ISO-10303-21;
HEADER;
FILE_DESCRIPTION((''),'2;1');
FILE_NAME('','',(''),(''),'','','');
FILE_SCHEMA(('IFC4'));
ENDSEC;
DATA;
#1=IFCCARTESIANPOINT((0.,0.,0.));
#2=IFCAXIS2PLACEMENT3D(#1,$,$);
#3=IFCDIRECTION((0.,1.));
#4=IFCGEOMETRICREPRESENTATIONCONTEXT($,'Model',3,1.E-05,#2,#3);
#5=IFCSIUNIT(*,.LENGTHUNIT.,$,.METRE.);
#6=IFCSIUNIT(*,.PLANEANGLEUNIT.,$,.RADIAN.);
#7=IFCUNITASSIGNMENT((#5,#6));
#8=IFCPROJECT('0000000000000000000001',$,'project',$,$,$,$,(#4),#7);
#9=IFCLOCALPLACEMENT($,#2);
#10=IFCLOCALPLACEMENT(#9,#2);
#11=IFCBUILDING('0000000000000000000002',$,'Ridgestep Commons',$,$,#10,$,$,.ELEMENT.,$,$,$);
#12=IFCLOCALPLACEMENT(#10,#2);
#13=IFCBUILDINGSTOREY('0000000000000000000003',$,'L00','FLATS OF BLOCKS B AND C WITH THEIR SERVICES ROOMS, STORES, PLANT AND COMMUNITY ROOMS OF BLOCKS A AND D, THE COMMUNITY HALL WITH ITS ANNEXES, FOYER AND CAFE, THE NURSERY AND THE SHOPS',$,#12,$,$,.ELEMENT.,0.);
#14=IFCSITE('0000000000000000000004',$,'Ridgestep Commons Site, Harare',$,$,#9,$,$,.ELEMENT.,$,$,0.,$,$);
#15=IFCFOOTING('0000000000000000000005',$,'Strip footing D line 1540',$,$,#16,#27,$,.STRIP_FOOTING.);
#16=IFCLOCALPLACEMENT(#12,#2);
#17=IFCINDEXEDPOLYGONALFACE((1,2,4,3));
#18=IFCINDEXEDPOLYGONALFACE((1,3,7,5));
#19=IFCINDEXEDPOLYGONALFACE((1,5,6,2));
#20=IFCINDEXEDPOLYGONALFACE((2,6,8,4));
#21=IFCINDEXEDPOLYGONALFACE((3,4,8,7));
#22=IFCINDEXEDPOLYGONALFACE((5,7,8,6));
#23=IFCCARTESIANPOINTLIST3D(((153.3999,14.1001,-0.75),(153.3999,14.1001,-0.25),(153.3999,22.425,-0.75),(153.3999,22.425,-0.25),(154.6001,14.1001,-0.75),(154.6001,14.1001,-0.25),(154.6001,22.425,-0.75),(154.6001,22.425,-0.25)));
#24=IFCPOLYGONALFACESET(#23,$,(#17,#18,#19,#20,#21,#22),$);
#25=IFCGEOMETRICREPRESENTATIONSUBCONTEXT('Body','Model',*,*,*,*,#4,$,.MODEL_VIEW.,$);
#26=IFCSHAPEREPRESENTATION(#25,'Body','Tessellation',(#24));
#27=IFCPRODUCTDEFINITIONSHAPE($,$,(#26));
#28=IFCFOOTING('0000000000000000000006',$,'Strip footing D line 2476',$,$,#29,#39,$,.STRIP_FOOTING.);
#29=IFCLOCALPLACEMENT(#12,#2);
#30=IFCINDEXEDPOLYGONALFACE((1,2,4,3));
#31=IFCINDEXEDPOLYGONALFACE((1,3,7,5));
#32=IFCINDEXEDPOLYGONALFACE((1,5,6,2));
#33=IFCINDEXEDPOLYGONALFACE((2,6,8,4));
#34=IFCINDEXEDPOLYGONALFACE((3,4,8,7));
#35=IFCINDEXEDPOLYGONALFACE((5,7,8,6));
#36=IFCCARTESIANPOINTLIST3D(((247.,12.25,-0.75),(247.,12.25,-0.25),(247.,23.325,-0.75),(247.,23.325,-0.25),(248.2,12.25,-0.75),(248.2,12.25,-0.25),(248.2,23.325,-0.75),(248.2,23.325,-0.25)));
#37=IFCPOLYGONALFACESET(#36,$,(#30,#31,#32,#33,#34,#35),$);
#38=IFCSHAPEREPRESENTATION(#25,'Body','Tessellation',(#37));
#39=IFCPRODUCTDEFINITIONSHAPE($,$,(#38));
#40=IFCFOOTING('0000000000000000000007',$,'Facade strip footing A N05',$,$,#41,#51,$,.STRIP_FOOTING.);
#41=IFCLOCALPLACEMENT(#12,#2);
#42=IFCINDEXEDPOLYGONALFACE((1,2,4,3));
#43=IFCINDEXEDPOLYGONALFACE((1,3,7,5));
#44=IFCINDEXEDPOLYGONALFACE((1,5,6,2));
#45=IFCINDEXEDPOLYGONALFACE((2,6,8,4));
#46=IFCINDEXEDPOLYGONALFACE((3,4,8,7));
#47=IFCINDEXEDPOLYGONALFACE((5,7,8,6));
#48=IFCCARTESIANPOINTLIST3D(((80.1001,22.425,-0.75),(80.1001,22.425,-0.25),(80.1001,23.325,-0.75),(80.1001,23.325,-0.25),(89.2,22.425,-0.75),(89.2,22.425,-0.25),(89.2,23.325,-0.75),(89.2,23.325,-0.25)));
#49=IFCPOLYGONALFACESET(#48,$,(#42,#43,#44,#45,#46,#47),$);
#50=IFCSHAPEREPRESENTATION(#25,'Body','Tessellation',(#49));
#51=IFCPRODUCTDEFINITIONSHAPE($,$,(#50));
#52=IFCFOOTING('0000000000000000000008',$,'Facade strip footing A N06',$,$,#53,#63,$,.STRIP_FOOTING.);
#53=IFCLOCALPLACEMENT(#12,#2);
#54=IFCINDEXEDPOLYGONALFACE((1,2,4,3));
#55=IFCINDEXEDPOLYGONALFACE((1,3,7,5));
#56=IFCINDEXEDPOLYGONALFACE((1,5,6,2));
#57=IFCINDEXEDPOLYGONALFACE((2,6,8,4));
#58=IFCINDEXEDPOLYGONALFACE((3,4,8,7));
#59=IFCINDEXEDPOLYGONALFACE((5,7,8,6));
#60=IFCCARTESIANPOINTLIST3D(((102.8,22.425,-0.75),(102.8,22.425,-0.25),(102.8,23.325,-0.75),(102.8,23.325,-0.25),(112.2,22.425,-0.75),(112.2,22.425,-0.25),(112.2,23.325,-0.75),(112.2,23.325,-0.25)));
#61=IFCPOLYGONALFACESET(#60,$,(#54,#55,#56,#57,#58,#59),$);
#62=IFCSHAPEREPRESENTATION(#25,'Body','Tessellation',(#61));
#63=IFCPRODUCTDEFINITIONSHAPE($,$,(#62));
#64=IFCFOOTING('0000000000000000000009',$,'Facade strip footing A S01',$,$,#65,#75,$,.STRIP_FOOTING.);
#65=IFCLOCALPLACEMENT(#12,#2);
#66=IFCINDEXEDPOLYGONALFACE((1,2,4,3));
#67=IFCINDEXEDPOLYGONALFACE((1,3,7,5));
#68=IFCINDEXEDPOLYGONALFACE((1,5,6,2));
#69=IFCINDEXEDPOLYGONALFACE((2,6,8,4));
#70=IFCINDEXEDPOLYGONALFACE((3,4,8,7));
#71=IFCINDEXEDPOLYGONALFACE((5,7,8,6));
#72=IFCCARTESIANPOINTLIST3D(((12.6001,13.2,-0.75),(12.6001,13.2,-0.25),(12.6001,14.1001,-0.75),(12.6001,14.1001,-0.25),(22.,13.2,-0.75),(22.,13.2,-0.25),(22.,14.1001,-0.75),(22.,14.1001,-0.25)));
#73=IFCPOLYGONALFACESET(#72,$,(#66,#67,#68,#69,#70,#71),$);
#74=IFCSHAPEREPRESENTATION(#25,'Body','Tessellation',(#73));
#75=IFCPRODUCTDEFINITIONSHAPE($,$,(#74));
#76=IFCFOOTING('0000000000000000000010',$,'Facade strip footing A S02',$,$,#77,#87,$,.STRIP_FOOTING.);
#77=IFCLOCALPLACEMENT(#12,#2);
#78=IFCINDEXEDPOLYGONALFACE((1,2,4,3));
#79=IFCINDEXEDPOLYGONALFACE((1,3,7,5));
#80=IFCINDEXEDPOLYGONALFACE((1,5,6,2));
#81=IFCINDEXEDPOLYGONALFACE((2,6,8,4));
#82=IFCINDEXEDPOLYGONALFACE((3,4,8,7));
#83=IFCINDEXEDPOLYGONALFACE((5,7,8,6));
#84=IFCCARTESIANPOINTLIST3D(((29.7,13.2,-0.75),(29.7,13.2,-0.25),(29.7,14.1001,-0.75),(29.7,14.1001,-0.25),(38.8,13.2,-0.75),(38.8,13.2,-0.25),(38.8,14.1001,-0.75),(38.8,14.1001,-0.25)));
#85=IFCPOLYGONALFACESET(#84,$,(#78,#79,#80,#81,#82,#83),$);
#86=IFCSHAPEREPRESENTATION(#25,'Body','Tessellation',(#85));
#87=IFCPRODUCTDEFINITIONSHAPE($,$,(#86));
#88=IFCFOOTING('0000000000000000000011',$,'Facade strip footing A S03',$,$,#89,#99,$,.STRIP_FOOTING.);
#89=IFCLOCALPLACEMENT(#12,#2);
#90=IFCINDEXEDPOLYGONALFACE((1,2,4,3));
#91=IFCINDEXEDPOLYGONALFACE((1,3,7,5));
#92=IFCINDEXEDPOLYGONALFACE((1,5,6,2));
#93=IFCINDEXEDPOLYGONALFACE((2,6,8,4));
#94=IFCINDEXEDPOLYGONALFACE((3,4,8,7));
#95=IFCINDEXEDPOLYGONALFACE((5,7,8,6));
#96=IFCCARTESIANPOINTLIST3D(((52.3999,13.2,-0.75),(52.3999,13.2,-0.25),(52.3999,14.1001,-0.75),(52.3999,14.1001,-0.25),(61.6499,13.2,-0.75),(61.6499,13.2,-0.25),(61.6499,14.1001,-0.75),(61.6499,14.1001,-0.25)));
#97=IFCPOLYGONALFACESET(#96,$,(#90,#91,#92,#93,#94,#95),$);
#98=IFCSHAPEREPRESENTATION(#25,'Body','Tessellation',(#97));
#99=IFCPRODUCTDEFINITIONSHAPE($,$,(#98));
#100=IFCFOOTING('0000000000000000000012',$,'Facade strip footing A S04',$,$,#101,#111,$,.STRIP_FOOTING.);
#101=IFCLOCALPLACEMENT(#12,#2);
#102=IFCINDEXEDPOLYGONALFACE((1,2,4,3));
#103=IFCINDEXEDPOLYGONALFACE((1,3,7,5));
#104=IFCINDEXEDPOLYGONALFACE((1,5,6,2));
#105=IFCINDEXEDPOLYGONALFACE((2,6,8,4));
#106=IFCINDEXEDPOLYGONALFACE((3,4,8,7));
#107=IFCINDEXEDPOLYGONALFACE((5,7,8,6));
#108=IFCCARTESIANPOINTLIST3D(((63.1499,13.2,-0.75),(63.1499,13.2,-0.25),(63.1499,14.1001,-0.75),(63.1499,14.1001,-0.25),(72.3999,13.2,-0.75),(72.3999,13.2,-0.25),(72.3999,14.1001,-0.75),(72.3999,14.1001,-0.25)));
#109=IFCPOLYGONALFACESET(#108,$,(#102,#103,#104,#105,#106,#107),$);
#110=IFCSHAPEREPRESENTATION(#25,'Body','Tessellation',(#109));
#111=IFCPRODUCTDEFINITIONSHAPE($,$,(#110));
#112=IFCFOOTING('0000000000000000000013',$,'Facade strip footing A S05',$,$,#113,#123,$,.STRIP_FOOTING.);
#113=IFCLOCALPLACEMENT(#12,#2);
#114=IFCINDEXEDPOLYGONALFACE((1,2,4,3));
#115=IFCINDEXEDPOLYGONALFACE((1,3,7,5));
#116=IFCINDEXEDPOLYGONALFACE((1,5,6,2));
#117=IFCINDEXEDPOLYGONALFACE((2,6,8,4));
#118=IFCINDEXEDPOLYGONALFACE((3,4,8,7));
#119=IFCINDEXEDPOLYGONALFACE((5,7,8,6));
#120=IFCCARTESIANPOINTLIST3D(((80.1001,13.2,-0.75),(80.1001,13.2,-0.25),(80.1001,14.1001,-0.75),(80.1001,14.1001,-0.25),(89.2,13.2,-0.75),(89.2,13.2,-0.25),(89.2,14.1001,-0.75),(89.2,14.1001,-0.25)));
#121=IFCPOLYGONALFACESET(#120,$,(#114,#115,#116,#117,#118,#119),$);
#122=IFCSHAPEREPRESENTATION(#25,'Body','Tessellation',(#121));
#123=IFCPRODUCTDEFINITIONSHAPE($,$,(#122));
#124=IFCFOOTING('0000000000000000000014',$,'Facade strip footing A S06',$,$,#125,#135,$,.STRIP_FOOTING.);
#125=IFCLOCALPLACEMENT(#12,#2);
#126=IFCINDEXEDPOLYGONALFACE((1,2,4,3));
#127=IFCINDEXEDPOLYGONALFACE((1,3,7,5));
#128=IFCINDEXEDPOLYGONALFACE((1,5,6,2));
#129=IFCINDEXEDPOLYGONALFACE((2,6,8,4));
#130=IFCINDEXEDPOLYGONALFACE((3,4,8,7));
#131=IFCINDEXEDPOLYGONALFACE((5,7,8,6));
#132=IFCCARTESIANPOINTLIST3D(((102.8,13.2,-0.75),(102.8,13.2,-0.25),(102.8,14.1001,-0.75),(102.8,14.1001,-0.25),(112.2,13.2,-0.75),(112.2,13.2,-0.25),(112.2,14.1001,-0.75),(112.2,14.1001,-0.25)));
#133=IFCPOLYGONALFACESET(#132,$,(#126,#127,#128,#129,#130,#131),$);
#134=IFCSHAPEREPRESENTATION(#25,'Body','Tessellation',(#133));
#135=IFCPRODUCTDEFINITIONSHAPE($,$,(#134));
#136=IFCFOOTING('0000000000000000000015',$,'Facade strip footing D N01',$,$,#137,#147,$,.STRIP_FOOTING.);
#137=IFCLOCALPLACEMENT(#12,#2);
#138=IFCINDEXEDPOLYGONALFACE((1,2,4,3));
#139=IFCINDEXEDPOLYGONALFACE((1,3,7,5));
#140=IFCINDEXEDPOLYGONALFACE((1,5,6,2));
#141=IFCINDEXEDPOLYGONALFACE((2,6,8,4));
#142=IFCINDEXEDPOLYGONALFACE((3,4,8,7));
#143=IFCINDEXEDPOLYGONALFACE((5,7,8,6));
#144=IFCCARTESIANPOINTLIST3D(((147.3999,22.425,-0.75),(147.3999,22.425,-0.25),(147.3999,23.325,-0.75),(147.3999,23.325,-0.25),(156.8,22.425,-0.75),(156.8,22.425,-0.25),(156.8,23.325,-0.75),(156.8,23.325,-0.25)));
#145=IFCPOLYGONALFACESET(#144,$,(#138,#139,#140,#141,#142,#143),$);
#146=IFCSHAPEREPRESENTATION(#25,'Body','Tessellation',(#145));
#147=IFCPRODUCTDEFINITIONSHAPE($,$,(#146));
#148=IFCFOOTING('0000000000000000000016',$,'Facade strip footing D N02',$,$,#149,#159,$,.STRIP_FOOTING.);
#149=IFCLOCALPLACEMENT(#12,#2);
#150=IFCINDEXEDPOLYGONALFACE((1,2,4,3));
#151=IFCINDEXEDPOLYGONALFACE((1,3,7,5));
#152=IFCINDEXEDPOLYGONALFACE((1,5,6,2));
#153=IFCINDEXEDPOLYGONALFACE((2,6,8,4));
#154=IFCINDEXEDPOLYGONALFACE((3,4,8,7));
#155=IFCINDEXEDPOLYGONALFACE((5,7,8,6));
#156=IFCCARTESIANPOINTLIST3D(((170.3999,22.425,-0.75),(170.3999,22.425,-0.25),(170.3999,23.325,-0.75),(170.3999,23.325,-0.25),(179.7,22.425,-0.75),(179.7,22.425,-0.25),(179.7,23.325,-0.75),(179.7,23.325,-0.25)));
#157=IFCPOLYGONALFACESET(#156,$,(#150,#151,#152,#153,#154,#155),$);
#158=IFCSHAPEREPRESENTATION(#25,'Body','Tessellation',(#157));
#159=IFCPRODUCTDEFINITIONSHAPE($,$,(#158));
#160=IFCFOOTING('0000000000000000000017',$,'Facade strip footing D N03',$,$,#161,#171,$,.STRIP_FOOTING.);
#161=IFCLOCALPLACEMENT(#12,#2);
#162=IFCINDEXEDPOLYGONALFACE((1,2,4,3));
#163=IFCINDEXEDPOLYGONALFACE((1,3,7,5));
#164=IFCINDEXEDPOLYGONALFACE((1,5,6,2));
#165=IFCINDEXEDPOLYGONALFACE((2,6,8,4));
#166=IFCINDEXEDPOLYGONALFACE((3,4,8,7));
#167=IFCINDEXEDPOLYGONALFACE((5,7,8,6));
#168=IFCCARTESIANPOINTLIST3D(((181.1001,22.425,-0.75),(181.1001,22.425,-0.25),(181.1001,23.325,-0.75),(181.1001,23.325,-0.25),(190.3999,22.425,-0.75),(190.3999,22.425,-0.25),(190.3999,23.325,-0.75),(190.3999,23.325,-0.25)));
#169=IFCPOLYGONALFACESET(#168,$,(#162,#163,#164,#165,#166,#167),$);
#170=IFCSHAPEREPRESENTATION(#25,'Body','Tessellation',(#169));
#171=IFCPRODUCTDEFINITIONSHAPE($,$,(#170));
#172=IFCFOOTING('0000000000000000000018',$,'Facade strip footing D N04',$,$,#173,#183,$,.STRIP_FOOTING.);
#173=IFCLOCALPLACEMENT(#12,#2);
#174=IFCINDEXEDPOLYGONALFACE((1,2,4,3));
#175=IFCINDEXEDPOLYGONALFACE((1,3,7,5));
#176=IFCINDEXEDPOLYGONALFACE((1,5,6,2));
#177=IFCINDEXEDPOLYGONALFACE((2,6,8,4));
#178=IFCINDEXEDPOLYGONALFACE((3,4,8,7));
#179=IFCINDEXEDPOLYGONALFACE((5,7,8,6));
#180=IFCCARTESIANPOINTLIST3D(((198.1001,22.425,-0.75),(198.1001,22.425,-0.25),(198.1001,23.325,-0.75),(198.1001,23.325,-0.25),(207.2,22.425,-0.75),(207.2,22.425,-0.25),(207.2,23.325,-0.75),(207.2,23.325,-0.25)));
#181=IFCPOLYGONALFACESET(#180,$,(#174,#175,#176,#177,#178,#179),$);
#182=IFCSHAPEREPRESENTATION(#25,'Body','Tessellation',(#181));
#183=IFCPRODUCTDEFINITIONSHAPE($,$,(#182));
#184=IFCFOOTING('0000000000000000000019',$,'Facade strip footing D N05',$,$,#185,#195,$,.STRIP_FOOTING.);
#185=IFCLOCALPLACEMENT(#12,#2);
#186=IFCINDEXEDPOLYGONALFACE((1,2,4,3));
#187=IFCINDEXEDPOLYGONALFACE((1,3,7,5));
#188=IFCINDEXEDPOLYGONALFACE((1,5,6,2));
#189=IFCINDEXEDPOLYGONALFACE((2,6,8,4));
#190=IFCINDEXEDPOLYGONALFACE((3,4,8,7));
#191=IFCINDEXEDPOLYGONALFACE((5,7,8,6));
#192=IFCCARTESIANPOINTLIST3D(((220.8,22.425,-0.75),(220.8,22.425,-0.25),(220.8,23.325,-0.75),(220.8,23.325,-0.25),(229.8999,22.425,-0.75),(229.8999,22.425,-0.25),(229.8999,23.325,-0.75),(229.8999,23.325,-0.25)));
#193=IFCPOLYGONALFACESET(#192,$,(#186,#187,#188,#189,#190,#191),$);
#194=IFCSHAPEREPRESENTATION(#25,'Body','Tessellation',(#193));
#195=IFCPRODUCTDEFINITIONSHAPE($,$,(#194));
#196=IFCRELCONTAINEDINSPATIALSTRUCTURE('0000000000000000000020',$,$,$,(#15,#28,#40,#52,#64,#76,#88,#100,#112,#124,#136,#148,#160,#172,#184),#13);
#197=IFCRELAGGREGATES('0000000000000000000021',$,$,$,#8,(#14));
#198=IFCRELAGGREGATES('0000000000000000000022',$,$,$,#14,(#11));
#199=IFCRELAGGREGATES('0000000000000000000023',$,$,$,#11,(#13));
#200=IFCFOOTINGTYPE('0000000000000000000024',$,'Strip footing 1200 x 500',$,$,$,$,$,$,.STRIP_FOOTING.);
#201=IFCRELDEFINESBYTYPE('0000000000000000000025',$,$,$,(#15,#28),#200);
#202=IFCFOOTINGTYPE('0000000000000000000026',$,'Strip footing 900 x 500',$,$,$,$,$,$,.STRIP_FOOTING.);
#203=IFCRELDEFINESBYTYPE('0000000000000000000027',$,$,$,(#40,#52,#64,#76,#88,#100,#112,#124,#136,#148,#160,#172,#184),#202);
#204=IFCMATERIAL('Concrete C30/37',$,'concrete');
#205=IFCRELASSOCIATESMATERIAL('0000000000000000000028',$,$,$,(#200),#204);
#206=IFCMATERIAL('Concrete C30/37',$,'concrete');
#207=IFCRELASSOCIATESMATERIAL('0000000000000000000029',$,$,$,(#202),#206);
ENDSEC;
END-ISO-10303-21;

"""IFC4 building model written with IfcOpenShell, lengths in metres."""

from ifc_helpers import new_model, si_unit, direction, frame, origin, place, context, subcontext, project, spatial, polyline, outline, extrude, material, type_object, element, save


model = new_model("IFC4")

# Units and contexts
model_context = context("Model", 3, precision=1e-05, world=origin(), true_north=direction((0.0, 1.0)))
body_context = subcontext(model_context, "Body", "Model", "MODEL_VIEW")
ifc_project = project(units=[si_unit("LENGTHUNIT", "METRE"), si_unit("PLANEANGLEUNIT", "RADIAN")], contexts=[model_context])

# Site, building, storey
site_placement = place(None, origin())
site = spatial("IfcSite", under=ifc_project, at=site_placement, Name="Ridgestep Commons Site, Harare", CompositionType="ELEMENT", RefElevation=0.0)
building_placement = place(site_placement, origin())
building = spatial("IfcBuilding", under=site, at=building_placement, Name="Ridgestep Commons", CompositionType="ELEMENT")
storey_placement = place(building_placement, origin())
storey = spatial("IfcBuildingStorey", under=building, at=storey_placement, Name="L00", Description="FLATS OF BLOCKS B AND C WITH THEIR SERVICES ROOMS, STORES, PLANT AND COMMUNITY ROOMS OF BLOCKS A AND D, THE COMMUNITY HALL WITH ITS ANNEXES, FOYER AND CAFE, THE NURSERY AND THE SHOPS", CompositionType="ELEMENT", Elevation=0.0)

# Footings
ifc_material_1 = material(Name="Concrete C30/37", Category="concrete")
footing_type_1 = type_object("IfcFootingType", Name="Strip footing 1200 x 500", PredefinedType="STRIP_FOOTING", material=ifc_material_1)
footing_1_placement = place(storey_placement, frame((0.0, 0.0, -0.75)))
element("IfcFooting", 1, at=footing_1_placement, inside=storey, type_object=footing_type_1, Name="Strip footing D line 1540", PredefinedType="STRIP_FOOTING", context=body_context, shape_type="SweptSolid", body=[
    extrude(outline(polyline([(154.6001, 14.1001), (154.6001, 22.425), (153.3999, 22.425), (153.3999, 14.1001), (154.6001, 14.1001)])), origin(), (0.0, 0.0, 1.0), 0.5),
])
footing_2_placement = place(storey_placement, frame((0.0, 0.0, -0.75)))
element("IfcFooting", 2, at=footing_2_placement, inside=storey, type_object=footing_type_1, Name="Strip footing D line 2476", PredefinedType="STRIP_FOOTING", context=body_context, shape_type="SweptSolid", body=[
    extrude(outline(polyline([(248.2, 12.25), (248.2, 23.325), (247.0, 23.325), (247.0, 12.25), (248.2, 12.25)])), origin(), (0.0, 0.0, 1.0), 0.5),
])
ifc_material_2 = material(Name="Concrete C30/37", Category="concrete")
footing_type_2 = type_object("IfcFootingType", Name="Strip footing 900 x 500", PredefinedType="STRIP_FOOTING", material=ifc_material_2)
footing_3_placement = place(storey_placement, frame((0.0, 0.0, -0.75)))
element("IfcFooting", 3, at=footing_3_placement, inside=storey, type_object=footing_type_2, Name="Facade strip footing A N05", PredefinedType="STRIP_FOOTING", context=body_context, shape_type="SweptSolid", body=[
    extrude(outline(polyline([(89.2, 22.425), (89.2, 23.325), (80.1001, 23.325), (80.1001, 22.425), (89.2, 22.425)])), origin(), (0.0, 0.0, 1.0), 0.5),
])
footing_4_placement = place(storey_placement, frame((0.0, 0.0, -0.75)))
element("IfcFooting", 4, at=footing_4_placement, inside=storey, type_object=footing_type_2, Name="Facade strip footing A N06", PredefinedType="STRIP_FOOTING", context=body_context, shape_type="SweptSolid", body=[
    extrude(outline(polyline([(112.2, 22.425), (112.2, 23.325), (102.8, 23.325), (102.8, 22.425), (112.2, 22.425)])), origin(), (0.0, 0.0, 1.0), 0.5),
])
footing_5_placement = place(storey_placement, frame((0.0, 0.0, -0.75)))
element("IfcFooting", 5, at=footing_5_placement, inside=storey, type_object=footing_type_2, Name="Facade strip footing A S01", PredefinedType="STRIP_FOOTING", context=body_context, shape_type="SweptSolid", body=[
    extrude(outline(polyline([(22.0, 13.2), (22.0, 14.1001), (12.6001, 14.1001), (12.6001, 13.2), (22.0, 13.2)])), origin(), (0.0, 0.0, 1.0), 0.5),
])
footing_6_placement = place(storey_placement, frame((0.0, 0.0, -0.75)))
element("IfcFooting", 6, at=footing_6_placement, inside=storey, type_object=footing_type_2, Name="Facade strip footing A S02", PredefinedType="STRIP_FOOTING", context=body_context, shape_type="SweptSolid", body=[
    extrude(outline(polyline([(38.8, 13.2), (38.8, 14.1001), (29.7, 14.1001), (29.7, 13.2), (38.8, 13.2)])), origin(), (0.0, 0.0, 1.0), 0.5),
])
footing_7_placement = place(storey_placement, frame((0.0, 0.0, -0.75)))
element("IfcFooting", 7, at=footing_7_placement, inside=storey, type_object=footing_type_2, Name="Facade strip footing A S03", PredefinedType="STRIP_FOOTING", context=body_context, shape_type="SweptSolid", body=[
    extrude(outline(polyline([(61.6499, 13.2), (61.6499, 14.1001), (52.3999, 14.1001), (52.3999, 13.2), (61.6499, 13.2)])), origin(), (0.0, 0.0, 1.0), 0.5),
])
footing_8_placement = place(storey_placement, frame((0.0, 0.0, -0.75)))
element("IfcFooting", 8, at=footing_8_placement, inside=storey, type_object=footing_type_2, Name="Facade strip footing A S04", PredefinedType="STRIP_FOOTING", context=body_context, shape_type="SweptSolid", body=[
    extrude(outline(polyline([(72.3999, 13.2), (72.3999, 14.1001), (63.1499, 14.1001), (63.1499, 13.2), (72.3999, 13.2)])), origin(), (0.0, 0.0, 1.0), 0.5),
])
footing_9_placement = place(storey_placement, frame((0.0, 0.0, -0.75)))
element("IfcFooting", 9, at=footing_9_placement, inside=storey, type_object=footing_type_2, Name="Facade strip footing A S05", PredefinedType="STRIP_FOOTING", context=body_context, shape_type="SweptSolid", body=[
    extrude(outline(polyline([(89.2, 13.2), (89.2, 14.1001), (80.1001, 14.1001), (80.1001, 13.2), (89.2, 13.2)])), origin(), (0.0, 0.0, 1.0), 0.5),
])
footing_10_placement = place(storey_placement, frame((0.0, 0.0, -0.75)))
element("IfcFooting", 10, at=footing_10_placement, inside=storey, type_object=footing_type_2, Name="Facade strip footing A S06", PredefinedType="STRIP_FOOTING", context=body_context, shape_type="SweptSolid", body=[
    extrude(outline(polyline([(112.2, 13.2), (112.2, 14.1001), (102.8, 14.1001), (102.8, 13.2), (112.2, 13.2)])), origin(), (0.0, 0.0, 1.0), 0.5),
])
footing_11_placement = place(storey_placement, frame((0.0, 0.0, -0.75)))
element("IfcFooting", 11, at=footing_11_placement, inside=storey, type_object=footing_type_2, Name="Facade strip footing D N01", PredefinedType="STRIP_FOOTING", context=body_context, shape_type="SweptSolid", body=[
    extrude(outline(polyline([(156.8, 22.425), (156.8, 23.325), (147.3999, 23.325), (147.3999, 22.425), (156.8, 22.425)])), origin(), (0.0, 0.0, 1.0), 0.5),
])
footing_12_placement = place(storey_placement, frame((0.0, 0.0, -0.75)))
element("IfcFooting", 12, at=footing_12_placement, inside=storey, type_object=footing_type_2, Name="Facade strip footing D N02", PredefinedType="STRIP_FOOTING", context=body_context, shape_type="SweptSolid", body=[
    extrude(outline(polyline([(179.7, 22.425), (179.7, 23.325), (170.3999, 23.325), (170.3999, 22.425), (179.7, 22.425)])), origin(), (0.0, 0.0, 1.0), 0.5),
])
footing_13_placement = place(storey_placement, frame((0.0, 0.0, -0.75)))
element("IfcFooting", 13, at=footing_13_placement, inside=storey, type_object=footing_type_2, Name="Facade strip footing D N03", PredefinedType="STRIP_FOOTING", context=body_context, shape_type="SweptSolid", body=[
    extrude(outline(polyline([(190.3999, 22.425), (190.3999, 23.325), (181.1001, 23.325), (181.1001, 22.425), (190.3999, 22.425)])), origin(), (0.0, 0.0, 1.0), 0.5),
])
footing_14_placement = place(storey_placement, frame((0.0, 0.0, -0.75)))
element("IfcFooting", 14, at=footing_14_placement, inside=storey, type_object=footing_type_2, Name="Facade strip footing D N04", PredefinedType="STRIP_FOOTING", context=body_context, shape_type="SweptSolid", body=[
    extrude(outline(polyline([(207.2, 22.425), (207.2, 23.325), (198.1001, 23.325), (198.1001, 22.425), (207.2, 22.425)])), origin(), (0.0, 0.0, 1.0), 0.5),
])
footing_15_placement = place(storey_placement, frame((0.0, 0.0, -0.75)))
element("IfcFooting", 15, at=footing_15_placement, inside=storey, type_object=footing_type_2, Name="Facade strip footing D N05", PredefinedType="STRIP_FOOTING", context=body_context, shape_type="SweptSolid", body=[
    extrude(outline(polyline([(229.8999, 22.425), (229.8999, 23.325), (220.8, 23.325), (220.8, 22.425), (229.8999, 22.425)])), origin(), (0.0, 0.0, 1.0), 0.5),
])

save(model, "model.ifc")
